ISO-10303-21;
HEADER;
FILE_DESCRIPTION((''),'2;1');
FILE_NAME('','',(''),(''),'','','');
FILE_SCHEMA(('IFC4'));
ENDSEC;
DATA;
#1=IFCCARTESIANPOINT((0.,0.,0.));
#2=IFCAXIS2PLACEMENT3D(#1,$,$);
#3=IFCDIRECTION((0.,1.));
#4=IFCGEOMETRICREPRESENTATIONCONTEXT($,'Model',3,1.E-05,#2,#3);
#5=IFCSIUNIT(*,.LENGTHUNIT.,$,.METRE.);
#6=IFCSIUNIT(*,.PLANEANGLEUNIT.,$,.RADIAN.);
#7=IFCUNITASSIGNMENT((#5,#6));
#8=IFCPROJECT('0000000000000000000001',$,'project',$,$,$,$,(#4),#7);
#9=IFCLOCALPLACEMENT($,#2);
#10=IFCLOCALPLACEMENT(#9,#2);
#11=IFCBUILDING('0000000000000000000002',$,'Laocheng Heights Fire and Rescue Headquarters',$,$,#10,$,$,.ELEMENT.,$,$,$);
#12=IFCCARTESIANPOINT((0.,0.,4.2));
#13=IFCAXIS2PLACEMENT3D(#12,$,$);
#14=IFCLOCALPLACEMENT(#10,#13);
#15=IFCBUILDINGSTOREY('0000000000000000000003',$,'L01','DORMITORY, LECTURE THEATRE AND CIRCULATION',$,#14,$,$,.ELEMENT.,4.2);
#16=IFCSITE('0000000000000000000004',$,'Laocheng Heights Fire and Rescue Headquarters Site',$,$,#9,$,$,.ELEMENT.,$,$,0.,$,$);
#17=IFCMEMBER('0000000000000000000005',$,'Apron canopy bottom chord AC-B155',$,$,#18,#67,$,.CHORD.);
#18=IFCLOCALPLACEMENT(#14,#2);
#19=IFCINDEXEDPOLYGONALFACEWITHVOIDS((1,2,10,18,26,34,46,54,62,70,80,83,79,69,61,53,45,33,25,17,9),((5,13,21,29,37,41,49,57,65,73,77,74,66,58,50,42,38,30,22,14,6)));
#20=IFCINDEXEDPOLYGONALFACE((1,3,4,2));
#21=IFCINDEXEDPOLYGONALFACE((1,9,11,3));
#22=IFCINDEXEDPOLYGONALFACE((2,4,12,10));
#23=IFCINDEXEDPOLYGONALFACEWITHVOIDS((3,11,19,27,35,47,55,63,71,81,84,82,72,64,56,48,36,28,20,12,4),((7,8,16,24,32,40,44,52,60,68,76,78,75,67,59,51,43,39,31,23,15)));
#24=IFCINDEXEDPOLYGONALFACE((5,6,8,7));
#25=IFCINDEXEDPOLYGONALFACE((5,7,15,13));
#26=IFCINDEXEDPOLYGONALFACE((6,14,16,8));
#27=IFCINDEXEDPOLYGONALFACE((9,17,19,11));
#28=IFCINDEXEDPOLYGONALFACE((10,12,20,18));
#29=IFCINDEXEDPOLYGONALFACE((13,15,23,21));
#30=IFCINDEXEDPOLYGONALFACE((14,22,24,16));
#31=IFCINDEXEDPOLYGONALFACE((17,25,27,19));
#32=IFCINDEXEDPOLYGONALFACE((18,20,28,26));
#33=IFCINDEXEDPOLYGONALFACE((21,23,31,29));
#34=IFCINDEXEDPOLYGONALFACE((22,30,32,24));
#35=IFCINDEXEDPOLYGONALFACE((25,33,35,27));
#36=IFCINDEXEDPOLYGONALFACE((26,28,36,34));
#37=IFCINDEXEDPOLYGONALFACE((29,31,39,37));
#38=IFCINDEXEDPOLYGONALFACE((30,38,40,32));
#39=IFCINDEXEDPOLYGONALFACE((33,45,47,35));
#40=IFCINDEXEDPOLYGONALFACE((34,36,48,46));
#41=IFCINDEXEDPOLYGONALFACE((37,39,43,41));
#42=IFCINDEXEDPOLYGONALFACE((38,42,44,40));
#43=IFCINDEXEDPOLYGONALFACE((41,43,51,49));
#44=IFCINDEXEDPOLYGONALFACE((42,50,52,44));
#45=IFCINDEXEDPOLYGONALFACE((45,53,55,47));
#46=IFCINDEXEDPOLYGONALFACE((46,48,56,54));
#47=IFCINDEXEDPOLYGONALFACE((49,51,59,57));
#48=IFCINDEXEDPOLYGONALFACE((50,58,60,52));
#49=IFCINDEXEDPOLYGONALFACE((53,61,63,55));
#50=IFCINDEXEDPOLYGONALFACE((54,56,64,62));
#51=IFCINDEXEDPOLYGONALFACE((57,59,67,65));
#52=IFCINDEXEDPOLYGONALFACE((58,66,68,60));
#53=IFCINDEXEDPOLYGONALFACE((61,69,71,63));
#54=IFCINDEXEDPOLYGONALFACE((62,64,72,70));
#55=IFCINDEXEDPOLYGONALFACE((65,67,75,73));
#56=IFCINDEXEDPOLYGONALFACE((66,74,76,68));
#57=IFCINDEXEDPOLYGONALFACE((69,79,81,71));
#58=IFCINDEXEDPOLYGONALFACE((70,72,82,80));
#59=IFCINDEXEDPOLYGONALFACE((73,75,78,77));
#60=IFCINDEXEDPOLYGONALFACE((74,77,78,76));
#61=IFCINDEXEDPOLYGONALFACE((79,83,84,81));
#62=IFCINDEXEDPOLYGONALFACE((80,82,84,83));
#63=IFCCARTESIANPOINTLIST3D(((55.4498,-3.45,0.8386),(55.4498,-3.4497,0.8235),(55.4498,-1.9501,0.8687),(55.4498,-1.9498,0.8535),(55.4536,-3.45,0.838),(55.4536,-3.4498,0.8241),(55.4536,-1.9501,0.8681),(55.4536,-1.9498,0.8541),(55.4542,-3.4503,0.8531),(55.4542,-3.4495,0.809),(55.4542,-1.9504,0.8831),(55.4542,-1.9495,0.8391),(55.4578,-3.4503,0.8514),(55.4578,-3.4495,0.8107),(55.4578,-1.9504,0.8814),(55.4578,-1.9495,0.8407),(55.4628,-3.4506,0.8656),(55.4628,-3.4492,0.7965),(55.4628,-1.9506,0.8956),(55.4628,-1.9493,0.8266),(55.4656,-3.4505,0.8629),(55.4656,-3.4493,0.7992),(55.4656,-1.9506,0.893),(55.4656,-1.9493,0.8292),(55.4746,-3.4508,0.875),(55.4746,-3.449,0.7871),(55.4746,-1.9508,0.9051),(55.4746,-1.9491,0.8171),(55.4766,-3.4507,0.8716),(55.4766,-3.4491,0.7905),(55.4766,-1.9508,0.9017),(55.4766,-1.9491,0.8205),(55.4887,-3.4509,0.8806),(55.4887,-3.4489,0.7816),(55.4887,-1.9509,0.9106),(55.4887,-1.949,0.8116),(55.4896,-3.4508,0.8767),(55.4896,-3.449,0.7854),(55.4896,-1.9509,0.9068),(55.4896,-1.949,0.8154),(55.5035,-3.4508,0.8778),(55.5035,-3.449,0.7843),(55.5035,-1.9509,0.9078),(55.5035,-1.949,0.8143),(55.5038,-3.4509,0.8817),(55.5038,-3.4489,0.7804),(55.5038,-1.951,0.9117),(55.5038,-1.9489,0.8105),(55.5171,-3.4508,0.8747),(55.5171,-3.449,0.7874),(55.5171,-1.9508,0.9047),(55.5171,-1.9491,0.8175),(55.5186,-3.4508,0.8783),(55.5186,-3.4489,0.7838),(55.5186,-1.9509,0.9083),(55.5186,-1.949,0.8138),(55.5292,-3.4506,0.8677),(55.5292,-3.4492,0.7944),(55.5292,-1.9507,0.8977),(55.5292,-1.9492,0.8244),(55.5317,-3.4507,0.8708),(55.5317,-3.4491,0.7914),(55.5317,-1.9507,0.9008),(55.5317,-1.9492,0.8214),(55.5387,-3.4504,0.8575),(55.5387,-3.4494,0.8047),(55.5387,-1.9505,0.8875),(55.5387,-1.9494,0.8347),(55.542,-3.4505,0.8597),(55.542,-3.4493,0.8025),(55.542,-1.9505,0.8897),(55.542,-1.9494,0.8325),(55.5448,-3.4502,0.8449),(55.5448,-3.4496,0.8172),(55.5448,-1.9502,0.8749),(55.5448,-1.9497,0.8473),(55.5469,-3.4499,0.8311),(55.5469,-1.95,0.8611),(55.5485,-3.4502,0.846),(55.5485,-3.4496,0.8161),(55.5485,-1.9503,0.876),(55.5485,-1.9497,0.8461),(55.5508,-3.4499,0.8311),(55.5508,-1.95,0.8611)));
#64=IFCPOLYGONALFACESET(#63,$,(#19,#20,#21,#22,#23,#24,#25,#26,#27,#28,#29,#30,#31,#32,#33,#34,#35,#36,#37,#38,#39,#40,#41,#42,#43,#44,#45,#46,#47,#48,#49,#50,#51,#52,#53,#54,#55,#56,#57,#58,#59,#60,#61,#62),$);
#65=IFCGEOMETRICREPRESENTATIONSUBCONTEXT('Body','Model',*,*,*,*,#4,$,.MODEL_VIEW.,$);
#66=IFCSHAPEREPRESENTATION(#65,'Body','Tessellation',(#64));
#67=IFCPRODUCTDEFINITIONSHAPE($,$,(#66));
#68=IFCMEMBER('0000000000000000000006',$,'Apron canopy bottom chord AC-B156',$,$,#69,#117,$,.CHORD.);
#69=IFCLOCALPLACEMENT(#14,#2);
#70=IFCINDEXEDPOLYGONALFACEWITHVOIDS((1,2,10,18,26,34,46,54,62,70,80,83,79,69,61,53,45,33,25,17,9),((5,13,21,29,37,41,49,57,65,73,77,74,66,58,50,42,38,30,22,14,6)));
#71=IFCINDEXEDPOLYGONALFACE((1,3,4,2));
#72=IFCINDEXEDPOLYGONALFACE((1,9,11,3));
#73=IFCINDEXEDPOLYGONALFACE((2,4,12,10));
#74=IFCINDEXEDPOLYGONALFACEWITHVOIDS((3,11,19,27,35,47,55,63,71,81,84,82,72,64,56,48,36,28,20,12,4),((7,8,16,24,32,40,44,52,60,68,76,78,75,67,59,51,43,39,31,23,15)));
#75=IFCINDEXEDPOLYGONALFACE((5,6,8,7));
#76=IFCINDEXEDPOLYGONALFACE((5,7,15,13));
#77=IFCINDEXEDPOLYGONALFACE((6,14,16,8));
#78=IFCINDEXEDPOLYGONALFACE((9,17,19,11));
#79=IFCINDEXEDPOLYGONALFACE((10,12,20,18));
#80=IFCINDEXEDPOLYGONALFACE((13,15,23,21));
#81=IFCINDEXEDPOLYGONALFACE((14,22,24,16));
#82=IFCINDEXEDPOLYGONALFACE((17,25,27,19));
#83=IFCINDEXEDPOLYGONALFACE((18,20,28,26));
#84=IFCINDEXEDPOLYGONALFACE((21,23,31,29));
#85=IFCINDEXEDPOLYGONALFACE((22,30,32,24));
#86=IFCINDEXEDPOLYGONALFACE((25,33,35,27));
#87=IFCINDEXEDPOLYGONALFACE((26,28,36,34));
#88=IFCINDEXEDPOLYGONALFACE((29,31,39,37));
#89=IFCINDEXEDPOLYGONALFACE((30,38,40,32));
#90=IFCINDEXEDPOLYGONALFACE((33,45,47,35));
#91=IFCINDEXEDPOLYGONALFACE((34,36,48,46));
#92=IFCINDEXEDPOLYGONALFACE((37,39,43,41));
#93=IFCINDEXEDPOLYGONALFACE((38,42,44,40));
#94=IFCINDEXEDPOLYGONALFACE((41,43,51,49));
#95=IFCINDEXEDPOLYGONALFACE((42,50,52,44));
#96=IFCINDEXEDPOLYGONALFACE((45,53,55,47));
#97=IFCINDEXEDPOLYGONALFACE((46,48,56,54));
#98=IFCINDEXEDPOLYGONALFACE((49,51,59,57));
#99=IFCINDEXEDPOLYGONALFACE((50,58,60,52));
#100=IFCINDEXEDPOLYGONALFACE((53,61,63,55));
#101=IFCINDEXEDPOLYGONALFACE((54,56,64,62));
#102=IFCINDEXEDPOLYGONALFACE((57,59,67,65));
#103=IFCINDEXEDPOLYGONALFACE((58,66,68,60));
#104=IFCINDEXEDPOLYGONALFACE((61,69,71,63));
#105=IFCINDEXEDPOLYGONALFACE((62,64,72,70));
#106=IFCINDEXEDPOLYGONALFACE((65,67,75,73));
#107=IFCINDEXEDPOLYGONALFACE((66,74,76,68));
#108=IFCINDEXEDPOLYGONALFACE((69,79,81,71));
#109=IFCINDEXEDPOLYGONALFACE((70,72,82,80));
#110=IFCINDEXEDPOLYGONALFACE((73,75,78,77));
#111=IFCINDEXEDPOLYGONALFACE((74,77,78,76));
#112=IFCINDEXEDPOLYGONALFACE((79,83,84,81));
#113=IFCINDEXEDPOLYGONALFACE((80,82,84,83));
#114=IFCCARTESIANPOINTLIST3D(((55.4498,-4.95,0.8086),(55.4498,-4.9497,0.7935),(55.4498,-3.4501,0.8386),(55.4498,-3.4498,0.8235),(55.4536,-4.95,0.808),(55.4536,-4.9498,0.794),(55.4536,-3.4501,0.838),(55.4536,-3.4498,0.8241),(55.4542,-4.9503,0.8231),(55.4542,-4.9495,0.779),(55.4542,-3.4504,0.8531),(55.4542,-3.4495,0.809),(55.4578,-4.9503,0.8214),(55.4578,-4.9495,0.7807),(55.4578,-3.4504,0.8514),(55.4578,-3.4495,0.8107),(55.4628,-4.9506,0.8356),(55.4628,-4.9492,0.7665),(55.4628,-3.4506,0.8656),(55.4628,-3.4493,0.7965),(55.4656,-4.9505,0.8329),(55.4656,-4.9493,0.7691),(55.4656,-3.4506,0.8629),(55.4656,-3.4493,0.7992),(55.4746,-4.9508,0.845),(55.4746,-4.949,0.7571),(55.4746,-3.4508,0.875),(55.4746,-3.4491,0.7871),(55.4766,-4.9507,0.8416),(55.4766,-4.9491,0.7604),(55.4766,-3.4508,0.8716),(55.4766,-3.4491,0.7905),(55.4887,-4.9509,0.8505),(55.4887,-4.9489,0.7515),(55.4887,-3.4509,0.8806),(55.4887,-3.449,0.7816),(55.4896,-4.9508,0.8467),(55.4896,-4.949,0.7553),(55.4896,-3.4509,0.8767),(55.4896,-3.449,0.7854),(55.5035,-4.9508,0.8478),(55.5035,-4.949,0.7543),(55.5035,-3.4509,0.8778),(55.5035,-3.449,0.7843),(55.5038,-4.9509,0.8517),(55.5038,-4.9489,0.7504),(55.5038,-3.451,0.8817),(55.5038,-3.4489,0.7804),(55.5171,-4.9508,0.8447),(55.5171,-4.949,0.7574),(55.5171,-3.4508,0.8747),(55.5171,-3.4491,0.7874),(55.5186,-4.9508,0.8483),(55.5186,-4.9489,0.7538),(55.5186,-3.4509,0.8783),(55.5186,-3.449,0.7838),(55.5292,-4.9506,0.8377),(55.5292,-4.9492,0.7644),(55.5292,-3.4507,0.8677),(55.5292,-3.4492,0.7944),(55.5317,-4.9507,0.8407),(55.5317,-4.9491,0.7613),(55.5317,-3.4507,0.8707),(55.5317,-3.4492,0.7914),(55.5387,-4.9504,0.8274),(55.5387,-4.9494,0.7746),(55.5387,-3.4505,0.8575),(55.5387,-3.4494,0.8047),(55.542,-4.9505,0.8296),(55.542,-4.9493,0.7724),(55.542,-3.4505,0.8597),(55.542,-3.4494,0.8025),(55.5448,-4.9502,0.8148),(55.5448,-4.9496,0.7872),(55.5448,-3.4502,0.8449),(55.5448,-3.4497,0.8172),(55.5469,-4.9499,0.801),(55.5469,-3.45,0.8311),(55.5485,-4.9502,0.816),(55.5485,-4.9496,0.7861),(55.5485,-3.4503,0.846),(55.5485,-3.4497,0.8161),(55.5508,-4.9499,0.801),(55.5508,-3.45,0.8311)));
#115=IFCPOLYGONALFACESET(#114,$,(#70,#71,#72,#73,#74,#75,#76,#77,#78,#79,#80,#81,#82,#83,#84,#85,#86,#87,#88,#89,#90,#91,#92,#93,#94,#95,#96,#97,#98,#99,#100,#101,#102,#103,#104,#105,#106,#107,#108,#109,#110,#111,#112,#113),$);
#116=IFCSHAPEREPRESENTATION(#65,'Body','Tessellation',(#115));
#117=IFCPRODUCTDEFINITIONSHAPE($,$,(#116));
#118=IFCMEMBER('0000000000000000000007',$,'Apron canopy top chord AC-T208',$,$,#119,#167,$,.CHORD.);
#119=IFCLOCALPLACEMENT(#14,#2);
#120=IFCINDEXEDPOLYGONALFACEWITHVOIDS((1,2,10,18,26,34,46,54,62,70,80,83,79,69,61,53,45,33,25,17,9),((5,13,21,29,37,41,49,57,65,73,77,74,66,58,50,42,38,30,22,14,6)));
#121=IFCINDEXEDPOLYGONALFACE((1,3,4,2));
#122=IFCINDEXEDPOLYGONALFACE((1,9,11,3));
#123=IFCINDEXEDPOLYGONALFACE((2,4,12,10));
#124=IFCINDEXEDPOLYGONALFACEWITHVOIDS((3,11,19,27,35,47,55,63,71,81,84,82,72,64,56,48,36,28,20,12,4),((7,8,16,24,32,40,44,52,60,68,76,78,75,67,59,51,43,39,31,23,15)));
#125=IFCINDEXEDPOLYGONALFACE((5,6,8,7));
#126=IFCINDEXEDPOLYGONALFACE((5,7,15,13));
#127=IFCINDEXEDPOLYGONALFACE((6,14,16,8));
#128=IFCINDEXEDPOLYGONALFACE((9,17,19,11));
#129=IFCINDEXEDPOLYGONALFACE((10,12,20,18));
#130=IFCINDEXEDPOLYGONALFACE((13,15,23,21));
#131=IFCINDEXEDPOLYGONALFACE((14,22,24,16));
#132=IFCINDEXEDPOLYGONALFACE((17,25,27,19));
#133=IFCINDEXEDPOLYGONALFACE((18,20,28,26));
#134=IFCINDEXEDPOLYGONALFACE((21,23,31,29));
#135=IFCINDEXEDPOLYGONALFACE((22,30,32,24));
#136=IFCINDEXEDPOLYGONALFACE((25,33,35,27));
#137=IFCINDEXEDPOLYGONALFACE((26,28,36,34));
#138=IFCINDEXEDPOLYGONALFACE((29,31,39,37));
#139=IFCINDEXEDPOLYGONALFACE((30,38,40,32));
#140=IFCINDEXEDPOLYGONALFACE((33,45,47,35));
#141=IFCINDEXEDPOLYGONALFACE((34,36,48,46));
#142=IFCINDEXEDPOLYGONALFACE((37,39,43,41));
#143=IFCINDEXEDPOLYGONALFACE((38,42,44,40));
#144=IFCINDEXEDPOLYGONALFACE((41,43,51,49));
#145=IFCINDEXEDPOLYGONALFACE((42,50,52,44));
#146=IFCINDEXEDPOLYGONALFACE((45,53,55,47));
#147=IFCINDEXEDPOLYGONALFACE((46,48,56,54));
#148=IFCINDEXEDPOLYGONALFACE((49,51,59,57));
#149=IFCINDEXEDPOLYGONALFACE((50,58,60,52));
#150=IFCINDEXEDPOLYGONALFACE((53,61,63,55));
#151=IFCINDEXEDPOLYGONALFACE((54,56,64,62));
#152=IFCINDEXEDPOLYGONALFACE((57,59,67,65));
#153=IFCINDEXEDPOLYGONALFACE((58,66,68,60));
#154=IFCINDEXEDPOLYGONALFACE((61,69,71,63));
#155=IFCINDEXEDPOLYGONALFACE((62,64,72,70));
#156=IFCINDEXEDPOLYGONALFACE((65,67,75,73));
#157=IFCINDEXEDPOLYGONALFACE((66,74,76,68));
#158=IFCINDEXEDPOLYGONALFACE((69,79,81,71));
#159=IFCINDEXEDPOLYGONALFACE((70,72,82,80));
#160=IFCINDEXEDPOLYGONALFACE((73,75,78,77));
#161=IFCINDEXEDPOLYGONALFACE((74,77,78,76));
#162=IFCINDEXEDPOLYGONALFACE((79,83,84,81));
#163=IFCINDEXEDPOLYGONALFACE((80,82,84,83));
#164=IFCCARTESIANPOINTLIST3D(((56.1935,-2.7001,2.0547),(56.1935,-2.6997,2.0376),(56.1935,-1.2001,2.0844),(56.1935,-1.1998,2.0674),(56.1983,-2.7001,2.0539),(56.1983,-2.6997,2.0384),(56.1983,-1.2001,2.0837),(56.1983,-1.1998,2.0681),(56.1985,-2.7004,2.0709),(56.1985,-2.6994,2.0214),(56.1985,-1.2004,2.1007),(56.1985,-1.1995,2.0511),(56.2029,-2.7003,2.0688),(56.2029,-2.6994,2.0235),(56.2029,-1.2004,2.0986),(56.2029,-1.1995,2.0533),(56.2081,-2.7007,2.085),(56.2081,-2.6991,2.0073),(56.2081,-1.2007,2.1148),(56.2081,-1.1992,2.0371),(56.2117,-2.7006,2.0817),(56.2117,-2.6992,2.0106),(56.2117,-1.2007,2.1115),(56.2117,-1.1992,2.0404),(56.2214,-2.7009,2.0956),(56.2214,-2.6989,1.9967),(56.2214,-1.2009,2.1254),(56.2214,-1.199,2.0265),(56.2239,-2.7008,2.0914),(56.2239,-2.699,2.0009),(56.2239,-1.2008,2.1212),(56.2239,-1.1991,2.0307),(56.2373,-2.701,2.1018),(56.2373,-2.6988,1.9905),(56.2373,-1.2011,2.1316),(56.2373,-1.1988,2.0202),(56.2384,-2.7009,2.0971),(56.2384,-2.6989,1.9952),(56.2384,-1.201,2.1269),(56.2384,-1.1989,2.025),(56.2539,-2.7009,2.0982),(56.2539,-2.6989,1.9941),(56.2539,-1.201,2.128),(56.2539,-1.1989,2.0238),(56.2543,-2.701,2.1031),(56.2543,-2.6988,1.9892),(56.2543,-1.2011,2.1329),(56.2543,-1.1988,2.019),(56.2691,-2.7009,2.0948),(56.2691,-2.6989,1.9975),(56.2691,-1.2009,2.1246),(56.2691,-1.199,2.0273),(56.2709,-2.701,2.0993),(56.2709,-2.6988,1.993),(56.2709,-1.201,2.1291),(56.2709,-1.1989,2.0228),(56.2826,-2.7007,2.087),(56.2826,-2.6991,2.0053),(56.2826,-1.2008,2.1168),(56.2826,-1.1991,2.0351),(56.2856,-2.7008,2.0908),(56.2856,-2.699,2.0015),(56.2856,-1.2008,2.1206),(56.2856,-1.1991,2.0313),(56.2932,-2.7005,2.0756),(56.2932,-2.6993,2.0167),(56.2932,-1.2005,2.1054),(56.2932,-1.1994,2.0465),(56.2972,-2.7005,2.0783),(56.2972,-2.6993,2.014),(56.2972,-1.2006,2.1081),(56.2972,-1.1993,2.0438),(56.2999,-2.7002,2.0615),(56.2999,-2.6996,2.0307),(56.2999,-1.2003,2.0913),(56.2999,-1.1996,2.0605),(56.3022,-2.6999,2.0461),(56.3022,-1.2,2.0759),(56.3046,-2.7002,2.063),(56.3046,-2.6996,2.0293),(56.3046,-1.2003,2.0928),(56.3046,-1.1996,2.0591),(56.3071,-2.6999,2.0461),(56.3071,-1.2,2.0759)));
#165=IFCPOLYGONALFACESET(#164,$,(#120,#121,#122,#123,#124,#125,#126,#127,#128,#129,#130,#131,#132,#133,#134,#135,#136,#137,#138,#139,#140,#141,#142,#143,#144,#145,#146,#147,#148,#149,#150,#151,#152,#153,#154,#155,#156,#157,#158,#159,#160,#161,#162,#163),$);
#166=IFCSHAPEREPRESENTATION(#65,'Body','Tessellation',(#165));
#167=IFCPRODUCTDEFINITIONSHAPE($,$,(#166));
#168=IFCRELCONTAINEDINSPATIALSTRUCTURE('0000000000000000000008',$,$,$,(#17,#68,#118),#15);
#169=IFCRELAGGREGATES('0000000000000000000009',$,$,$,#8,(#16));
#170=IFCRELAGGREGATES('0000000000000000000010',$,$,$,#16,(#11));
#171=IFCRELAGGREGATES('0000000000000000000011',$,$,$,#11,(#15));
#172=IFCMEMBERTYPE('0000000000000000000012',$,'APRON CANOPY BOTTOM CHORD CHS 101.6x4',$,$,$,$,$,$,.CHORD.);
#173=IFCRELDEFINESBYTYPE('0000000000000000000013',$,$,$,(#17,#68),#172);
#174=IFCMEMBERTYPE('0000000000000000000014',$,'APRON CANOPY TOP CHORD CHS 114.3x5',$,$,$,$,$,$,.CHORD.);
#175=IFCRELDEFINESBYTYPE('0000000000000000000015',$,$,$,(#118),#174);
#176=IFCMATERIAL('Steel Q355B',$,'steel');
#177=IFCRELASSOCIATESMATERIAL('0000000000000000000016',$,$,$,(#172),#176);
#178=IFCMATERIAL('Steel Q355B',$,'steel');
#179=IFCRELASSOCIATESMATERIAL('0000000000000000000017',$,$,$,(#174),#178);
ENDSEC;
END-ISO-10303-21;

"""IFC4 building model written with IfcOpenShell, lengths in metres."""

from ifc_helpers import new_model, si_unit, direction, frame, origin, origin_2d, place, context, subcontext, project, spatial, hollow_circle, extrude, material, material_profile, profile_set, type_object, element, save


model = new_model("IFC4")

# Units and contexts
model_context = context("Model", 3, precision=1e-05, world=origin(), true_north=direction((0.0, 1.0)))
body_context = subcontext(model_context, "Body", "Model", "MODEL_VIEW")
ifc_project = project(units=[si_unit("LENGTHUNIT", "METRE"), si_unit("PLANEANGLEUNIT", "RADIAN")], contexts=[model_context])

# Site, building, storey
site_placement = place(None, origin())
site = spatial("IfcSite", under=ifc_project, at=site_placement, Name="Laocheng Heights Fire and Rescue Headquarters Site", CompositionType="ELEMENT", RefElevation=0.0)
building_placement = place(site_placement, origin())
building = spatial("IfcBuilding", under=site, at=building_placement, Name="Laocheng Heights Fire and Rescue Headquarters", CompositionType="ELEMENT")
storey_placement = place(building_placement, frame((0.0, 0.0, 4.2)))
storey = spatial("IfcBuildingStorey", under=building, at=storey_placement, Name="L01", Description="DORMITORY, LECTURE THEATRE AND CIRCULATION", CompositionType="ELEMENT", Elevation=4.2)

# Members
ifc_material_1 = material(Name="Steel Q355B", Category="steel")
ifc_material_profile_1 = material_profile(ifc_material_1, hollow_circle(Radius=0.0508, WallThickness=0.0039, at=origin_2d()), Name="CHS 101.6x4")
ifc_profile_set_1 = profile_set([ifc_material_profile_1], Name="Steel Q355B")
member_type_1 = type_object("IfcMemberType", Name="APRON CANOPY BOTTOM CHORD CHS 101.6x4", PredefinedType="CHORD", material=ifc_profile_set_1)
for number, where, z_axis, x_axis, name in (
    (1, (55.5, -1.95, 0.8611), (0.0, -0.9998, -0.020016), (1.0, 0.0, 0.0), "Apron canopy bottom chord AC-B155"),
    (2, (55.5, -3.45, 0.8311), (0.0, -0.9998, -0.020016), (1.0, 0.0, 0.0), "Apron canopy bottom chord AC-B156"),
):
    element("IfcMember", number, at=place(storey_placement, frame(where, z_axis=z_axis, x_axis=x_axis)), inside=storey, type_object=member_type_1, Name=name, PredefinedType="CHORD", context=body_context, shape_type="SweptSolid", body=[
        extrude(hollow_circle(Radius=0.0508, WallThickness=0.0039, at=origin_2d()), origin(), (0.0, 0.0, 1.0), 1.5002),
    ])
ifc_material_2 = material(Name="Steel Q355B", Category="steel")
ifc_material_profile_2 = material_profile(ifc_material_2, hollow_circle(Radius=0.0571, WallThickness=0.0049, at=origin_2d()), Name="CHS 114.3x5")
ifc_profile_set_2 = profile_set([ifc_material_profile_2], Name="Steel Q355B")
member_type_2 = type_object("IfcMemberType", Name="APRON CANOPY TOP CHORD CHS 114.3x5", PredefinedType="CHORD", material=ifc_profile_set_2)
for number, where, z_axis, x_axis, name in (
    (3, (56.25, -1.2, 2.0759), (0.0, -0.999803, -0.019853), (1.0, 0.0, 0.0), "Apron canopy top chord AC-T208"),
):
    element("IfcMember", number, at=place(storey_placement, frame(where, z_axis=z_axis, x_axis=x_axis)), inside=storey, type_object=member_type_2, Name=name, PredefinedType="CHORD", context=body_context, shape_type="SweptSolid", body=[
        extrude(hollow_circle(Radius=0.0571, WallThickness=0.0049, at=origin_2d()), origin(), (0.0, 0.0, 1.0), 1.5002),
    ])

save(model, "model.ifc")
